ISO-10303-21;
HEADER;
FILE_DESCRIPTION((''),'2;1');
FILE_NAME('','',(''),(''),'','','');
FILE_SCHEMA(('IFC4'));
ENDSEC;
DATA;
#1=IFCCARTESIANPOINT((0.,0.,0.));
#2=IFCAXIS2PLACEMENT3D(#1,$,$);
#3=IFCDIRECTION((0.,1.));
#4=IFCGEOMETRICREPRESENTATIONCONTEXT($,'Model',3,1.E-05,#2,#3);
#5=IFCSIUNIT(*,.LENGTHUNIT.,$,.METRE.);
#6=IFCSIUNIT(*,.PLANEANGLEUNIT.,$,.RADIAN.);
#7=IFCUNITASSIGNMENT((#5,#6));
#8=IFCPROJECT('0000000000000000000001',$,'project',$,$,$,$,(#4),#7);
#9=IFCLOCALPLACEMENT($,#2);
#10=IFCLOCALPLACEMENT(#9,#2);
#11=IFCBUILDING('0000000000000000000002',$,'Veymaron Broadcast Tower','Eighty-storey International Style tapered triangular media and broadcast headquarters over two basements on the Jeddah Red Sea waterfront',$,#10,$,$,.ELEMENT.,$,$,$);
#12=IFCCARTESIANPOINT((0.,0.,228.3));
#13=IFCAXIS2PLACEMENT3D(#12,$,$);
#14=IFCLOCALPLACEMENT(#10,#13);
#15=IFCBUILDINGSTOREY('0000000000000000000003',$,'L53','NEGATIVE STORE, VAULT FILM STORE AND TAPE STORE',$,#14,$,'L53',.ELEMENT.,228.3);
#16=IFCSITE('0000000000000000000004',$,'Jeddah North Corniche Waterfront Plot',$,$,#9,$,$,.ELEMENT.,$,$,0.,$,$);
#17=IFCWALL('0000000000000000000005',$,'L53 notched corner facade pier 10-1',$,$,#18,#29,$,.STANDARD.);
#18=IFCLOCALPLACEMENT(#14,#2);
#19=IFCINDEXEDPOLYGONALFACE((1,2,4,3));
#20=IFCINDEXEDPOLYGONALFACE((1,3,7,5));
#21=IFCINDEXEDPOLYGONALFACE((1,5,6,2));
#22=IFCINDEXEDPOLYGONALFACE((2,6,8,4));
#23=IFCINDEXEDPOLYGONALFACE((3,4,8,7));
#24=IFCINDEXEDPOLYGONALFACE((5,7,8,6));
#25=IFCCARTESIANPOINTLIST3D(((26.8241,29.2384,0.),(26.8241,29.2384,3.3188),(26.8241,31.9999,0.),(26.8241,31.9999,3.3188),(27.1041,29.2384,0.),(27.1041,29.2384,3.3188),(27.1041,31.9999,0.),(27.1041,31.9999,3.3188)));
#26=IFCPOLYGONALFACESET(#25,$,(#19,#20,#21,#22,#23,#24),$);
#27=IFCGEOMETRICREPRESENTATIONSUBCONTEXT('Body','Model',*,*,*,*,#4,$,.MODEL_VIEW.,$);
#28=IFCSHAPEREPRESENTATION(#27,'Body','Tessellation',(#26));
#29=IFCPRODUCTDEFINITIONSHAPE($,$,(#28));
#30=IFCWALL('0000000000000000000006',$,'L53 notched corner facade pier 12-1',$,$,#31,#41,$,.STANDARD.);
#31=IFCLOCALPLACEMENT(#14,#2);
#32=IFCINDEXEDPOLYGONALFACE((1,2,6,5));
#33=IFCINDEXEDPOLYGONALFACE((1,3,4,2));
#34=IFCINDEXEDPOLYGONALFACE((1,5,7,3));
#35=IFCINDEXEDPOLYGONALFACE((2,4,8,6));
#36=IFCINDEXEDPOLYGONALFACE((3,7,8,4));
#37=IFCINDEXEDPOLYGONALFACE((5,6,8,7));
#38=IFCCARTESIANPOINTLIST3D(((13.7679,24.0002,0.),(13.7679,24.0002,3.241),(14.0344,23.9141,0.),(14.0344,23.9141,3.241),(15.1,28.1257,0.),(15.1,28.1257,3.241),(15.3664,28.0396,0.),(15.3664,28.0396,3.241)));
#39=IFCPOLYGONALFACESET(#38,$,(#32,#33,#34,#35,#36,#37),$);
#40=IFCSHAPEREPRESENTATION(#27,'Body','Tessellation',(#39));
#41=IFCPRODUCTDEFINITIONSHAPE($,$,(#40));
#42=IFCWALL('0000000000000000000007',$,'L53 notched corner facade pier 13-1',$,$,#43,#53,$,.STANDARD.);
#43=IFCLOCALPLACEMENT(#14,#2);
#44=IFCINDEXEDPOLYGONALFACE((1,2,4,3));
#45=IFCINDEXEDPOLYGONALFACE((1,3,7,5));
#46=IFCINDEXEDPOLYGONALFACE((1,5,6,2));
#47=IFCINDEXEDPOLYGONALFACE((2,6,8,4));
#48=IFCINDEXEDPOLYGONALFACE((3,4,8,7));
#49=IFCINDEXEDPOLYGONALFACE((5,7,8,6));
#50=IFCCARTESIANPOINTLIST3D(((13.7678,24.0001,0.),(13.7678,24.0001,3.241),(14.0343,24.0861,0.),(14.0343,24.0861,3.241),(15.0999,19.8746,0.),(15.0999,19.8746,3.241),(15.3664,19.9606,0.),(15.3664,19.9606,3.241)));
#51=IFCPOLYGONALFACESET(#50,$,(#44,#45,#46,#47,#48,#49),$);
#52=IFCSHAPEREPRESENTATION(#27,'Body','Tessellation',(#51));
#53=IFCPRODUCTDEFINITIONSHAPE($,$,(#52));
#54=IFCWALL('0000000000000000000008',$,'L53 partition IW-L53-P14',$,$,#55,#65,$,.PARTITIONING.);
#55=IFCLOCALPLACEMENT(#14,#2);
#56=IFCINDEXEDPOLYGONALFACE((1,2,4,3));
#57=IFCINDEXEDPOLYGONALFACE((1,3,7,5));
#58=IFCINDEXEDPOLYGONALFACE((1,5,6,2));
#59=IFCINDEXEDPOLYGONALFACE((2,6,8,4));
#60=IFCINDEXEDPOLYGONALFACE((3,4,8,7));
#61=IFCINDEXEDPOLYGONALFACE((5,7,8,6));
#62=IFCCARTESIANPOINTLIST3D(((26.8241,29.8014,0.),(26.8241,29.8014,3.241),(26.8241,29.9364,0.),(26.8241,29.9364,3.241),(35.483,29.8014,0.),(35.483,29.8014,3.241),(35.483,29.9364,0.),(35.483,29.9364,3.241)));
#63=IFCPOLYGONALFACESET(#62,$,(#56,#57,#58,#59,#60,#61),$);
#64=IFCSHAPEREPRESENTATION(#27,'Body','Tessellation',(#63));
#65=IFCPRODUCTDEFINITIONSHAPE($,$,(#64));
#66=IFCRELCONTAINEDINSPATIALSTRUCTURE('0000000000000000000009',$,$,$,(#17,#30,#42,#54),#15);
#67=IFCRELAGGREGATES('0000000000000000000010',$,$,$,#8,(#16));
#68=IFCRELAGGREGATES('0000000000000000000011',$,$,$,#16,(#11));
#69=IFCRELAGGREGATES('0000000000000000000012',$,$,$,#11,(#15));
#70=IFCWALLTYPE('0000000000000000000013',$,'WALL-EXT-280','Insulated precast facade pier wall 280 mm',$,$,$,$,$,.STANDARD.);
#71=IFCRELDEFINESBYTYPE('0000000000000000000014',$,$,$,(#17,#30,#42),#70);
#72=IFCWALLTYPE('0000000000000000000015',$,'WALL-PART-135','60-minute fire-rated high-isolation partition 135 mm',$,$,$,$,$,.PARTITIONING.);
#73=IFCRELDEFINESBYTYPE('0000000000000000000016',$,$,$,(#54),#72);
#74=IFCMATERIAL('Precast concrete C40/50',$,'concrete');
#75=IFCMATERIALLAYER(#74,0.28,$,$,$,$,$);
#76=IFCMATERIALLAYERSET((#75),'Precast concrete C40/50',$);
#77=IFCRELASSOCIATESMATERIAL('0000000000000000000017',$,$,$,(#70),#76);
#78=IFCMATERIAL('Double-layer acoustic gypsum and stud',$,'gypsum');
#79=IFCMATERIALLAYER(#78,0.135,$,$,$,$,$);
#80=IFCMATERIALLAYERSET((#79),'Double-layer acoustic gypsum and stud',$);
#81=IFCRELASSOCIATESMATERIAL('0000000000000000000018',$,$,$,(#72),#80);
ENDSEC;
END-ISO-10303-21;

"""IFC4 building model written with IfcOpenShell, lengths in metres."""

from ifc_helpers import new_model, si_unit, direction, frame, frame_2d, origin, place, context, subcontext, project, spatial, rectangle, extrude, material, layer, layer_set, type_object, element, save


model = new_model("IFC4")

# Units and contexts
model_context = context("Model", 3, precision=1e-05, world=origin(), true_north=direction((0.0, 1.0)))
body_context = subcontext(model_context, "Body", "Model", "MODEL_VIEW")
ifc_project = project(units=[si_unit("LENGTHUNIT", "METRE"), si_unit("PLANEANGLEUNIT", "RADIAN")], contexts=[model_context])

# Site, building, storey
site_placement = place(None, origin())
site = spatial("IfcSite", under=ifc_project, at=site_placement, Name="Jeddah North Corniche Waterfront Plot", CompositionType="ELEMENT", RefElevation=0.0)
building_placement = place(site_placement, origin())
building = spatial("IfcBuilding", under=site, at=building_placement, Name="Veymaron Broadcast Tower", Description="Eighty-storey International Style tapered triangular media and broadcast headquarters over two basements on the Jeddah Red Sea waterfront", CompositionType="ELEMENT")
storey_placement = place(building_placement, frame((0.0, 0.0, 228.3)))
storey = spatial("IfcBuildingStorey", under=building, at=storey_placement, Name="L53", Description="NEGATIVE STORE, VAULT FILM STORE AND TAPE STORE", LongName="L53", CompositionType="ELEMENT", Elevation=228.3)

# Walls
ifc_material_1 = material(Name="Precast concrete C40/50", Category="concrete")
ifc_layer_1 = layer(ifc_material_1, 0.28)
ifc_layer_set_1 = layer_set([ifc_layer_1], Name="Precast concrete C40/50")
wall_type_1 = type_object("IfcWallType", Name="WALL-EXT-280", Description="Insulated precast facade pier wall 280 mm", PredefinedType="STANDARD", material=ifc_layer_set_1)
wall_1_placement = place(storey_placement, frame((26.9641, 32.0, 0.0), z_axis=(0.0, 0.0, 1.0), x_axis=(0.0, -1.0, 0.0)))
element("IfcWall", 1, at=wall_1_placement, inside=storey, type_object=wall_type_1, Name="L53 notched corner facade pier 10-1", PredefinedType="STANDARD", context=body_context, shape_type="SweptSolid", body=[
    extrude(rectangle(XDim=2.7615, YDim=0.28, at=frame_2d((1.3809, 0.0))), origin(), (0.0, 0.0, 1.0), 3.3188),
])
for number, where, z_axis, x_axis, name in (
    (2, (15.2332, 28.0825, 0.0), (0.0, 0.0, 1.0), (-0.307259, -0.951626, 0.0), "L53 notched corner facade pier 12-1"),
    (3, (13.9011, 24.043, 0.0), (0.0, 0.0, 1.0), (0.307259, -0.951626, 0.0), "L53 notched corner facade pier 13-1"),
):
    element("IfcWall", number, at=place(storey_placement, frame(where, z_axis=z_axis, x_axis=x_axis)), inside=storey, type_object=wall_type_1, Name=name, PredefinedType="STANDARD", context=body_context, shape_type="SweptSolid", body=[
        extrude(rectangle(XDim=4.3352, YDim=0.28, at=frame_2d((2.1675, 0.0))), origin(), (0.0, 0.0, 1.0), 3.241),
    ])
ifc_material_2 = material(Name="Double-layer acoustic gypsum and stud", Category="gypsum")
ifc_layer_2 = layer(ifc_material_2, 0.135)
ifc_layer_set_2 = layer_set([ifc_layer_2], Name="Double-layer acoustic gypsum and stud")
wall_type_2 = type_object("IfcWallType", Name="WALL-PART-135", Description="60-minute fire-rated high-isolation partition 135 mm", PredefinedType="PARTITIONING", material=ifc_layer_set_2)
wall_2_placement = place(storey_placement, frame((26.824, 29.8689, 0.0), z_axis=(0.0, 0.0, 1.0), x_axis=(1.0, 0.0, 0.0)))
element("IfcWall", 4, at=wall_2_placement, inside=storey, type_object=wall_type_2, Name="L53 partition IW-L53-P14", PredefinedType="PARTITIONING", context=body_context, shape_type="SweptSolid", body=[
    extrude(rectangle(XDim=8.6589, YDim=0.135, at=frame_2d((4.3296, 0.0))), origin(), (0.0, 0.0, 1.0), 3.241),
])

save(model, "model.ifc")
